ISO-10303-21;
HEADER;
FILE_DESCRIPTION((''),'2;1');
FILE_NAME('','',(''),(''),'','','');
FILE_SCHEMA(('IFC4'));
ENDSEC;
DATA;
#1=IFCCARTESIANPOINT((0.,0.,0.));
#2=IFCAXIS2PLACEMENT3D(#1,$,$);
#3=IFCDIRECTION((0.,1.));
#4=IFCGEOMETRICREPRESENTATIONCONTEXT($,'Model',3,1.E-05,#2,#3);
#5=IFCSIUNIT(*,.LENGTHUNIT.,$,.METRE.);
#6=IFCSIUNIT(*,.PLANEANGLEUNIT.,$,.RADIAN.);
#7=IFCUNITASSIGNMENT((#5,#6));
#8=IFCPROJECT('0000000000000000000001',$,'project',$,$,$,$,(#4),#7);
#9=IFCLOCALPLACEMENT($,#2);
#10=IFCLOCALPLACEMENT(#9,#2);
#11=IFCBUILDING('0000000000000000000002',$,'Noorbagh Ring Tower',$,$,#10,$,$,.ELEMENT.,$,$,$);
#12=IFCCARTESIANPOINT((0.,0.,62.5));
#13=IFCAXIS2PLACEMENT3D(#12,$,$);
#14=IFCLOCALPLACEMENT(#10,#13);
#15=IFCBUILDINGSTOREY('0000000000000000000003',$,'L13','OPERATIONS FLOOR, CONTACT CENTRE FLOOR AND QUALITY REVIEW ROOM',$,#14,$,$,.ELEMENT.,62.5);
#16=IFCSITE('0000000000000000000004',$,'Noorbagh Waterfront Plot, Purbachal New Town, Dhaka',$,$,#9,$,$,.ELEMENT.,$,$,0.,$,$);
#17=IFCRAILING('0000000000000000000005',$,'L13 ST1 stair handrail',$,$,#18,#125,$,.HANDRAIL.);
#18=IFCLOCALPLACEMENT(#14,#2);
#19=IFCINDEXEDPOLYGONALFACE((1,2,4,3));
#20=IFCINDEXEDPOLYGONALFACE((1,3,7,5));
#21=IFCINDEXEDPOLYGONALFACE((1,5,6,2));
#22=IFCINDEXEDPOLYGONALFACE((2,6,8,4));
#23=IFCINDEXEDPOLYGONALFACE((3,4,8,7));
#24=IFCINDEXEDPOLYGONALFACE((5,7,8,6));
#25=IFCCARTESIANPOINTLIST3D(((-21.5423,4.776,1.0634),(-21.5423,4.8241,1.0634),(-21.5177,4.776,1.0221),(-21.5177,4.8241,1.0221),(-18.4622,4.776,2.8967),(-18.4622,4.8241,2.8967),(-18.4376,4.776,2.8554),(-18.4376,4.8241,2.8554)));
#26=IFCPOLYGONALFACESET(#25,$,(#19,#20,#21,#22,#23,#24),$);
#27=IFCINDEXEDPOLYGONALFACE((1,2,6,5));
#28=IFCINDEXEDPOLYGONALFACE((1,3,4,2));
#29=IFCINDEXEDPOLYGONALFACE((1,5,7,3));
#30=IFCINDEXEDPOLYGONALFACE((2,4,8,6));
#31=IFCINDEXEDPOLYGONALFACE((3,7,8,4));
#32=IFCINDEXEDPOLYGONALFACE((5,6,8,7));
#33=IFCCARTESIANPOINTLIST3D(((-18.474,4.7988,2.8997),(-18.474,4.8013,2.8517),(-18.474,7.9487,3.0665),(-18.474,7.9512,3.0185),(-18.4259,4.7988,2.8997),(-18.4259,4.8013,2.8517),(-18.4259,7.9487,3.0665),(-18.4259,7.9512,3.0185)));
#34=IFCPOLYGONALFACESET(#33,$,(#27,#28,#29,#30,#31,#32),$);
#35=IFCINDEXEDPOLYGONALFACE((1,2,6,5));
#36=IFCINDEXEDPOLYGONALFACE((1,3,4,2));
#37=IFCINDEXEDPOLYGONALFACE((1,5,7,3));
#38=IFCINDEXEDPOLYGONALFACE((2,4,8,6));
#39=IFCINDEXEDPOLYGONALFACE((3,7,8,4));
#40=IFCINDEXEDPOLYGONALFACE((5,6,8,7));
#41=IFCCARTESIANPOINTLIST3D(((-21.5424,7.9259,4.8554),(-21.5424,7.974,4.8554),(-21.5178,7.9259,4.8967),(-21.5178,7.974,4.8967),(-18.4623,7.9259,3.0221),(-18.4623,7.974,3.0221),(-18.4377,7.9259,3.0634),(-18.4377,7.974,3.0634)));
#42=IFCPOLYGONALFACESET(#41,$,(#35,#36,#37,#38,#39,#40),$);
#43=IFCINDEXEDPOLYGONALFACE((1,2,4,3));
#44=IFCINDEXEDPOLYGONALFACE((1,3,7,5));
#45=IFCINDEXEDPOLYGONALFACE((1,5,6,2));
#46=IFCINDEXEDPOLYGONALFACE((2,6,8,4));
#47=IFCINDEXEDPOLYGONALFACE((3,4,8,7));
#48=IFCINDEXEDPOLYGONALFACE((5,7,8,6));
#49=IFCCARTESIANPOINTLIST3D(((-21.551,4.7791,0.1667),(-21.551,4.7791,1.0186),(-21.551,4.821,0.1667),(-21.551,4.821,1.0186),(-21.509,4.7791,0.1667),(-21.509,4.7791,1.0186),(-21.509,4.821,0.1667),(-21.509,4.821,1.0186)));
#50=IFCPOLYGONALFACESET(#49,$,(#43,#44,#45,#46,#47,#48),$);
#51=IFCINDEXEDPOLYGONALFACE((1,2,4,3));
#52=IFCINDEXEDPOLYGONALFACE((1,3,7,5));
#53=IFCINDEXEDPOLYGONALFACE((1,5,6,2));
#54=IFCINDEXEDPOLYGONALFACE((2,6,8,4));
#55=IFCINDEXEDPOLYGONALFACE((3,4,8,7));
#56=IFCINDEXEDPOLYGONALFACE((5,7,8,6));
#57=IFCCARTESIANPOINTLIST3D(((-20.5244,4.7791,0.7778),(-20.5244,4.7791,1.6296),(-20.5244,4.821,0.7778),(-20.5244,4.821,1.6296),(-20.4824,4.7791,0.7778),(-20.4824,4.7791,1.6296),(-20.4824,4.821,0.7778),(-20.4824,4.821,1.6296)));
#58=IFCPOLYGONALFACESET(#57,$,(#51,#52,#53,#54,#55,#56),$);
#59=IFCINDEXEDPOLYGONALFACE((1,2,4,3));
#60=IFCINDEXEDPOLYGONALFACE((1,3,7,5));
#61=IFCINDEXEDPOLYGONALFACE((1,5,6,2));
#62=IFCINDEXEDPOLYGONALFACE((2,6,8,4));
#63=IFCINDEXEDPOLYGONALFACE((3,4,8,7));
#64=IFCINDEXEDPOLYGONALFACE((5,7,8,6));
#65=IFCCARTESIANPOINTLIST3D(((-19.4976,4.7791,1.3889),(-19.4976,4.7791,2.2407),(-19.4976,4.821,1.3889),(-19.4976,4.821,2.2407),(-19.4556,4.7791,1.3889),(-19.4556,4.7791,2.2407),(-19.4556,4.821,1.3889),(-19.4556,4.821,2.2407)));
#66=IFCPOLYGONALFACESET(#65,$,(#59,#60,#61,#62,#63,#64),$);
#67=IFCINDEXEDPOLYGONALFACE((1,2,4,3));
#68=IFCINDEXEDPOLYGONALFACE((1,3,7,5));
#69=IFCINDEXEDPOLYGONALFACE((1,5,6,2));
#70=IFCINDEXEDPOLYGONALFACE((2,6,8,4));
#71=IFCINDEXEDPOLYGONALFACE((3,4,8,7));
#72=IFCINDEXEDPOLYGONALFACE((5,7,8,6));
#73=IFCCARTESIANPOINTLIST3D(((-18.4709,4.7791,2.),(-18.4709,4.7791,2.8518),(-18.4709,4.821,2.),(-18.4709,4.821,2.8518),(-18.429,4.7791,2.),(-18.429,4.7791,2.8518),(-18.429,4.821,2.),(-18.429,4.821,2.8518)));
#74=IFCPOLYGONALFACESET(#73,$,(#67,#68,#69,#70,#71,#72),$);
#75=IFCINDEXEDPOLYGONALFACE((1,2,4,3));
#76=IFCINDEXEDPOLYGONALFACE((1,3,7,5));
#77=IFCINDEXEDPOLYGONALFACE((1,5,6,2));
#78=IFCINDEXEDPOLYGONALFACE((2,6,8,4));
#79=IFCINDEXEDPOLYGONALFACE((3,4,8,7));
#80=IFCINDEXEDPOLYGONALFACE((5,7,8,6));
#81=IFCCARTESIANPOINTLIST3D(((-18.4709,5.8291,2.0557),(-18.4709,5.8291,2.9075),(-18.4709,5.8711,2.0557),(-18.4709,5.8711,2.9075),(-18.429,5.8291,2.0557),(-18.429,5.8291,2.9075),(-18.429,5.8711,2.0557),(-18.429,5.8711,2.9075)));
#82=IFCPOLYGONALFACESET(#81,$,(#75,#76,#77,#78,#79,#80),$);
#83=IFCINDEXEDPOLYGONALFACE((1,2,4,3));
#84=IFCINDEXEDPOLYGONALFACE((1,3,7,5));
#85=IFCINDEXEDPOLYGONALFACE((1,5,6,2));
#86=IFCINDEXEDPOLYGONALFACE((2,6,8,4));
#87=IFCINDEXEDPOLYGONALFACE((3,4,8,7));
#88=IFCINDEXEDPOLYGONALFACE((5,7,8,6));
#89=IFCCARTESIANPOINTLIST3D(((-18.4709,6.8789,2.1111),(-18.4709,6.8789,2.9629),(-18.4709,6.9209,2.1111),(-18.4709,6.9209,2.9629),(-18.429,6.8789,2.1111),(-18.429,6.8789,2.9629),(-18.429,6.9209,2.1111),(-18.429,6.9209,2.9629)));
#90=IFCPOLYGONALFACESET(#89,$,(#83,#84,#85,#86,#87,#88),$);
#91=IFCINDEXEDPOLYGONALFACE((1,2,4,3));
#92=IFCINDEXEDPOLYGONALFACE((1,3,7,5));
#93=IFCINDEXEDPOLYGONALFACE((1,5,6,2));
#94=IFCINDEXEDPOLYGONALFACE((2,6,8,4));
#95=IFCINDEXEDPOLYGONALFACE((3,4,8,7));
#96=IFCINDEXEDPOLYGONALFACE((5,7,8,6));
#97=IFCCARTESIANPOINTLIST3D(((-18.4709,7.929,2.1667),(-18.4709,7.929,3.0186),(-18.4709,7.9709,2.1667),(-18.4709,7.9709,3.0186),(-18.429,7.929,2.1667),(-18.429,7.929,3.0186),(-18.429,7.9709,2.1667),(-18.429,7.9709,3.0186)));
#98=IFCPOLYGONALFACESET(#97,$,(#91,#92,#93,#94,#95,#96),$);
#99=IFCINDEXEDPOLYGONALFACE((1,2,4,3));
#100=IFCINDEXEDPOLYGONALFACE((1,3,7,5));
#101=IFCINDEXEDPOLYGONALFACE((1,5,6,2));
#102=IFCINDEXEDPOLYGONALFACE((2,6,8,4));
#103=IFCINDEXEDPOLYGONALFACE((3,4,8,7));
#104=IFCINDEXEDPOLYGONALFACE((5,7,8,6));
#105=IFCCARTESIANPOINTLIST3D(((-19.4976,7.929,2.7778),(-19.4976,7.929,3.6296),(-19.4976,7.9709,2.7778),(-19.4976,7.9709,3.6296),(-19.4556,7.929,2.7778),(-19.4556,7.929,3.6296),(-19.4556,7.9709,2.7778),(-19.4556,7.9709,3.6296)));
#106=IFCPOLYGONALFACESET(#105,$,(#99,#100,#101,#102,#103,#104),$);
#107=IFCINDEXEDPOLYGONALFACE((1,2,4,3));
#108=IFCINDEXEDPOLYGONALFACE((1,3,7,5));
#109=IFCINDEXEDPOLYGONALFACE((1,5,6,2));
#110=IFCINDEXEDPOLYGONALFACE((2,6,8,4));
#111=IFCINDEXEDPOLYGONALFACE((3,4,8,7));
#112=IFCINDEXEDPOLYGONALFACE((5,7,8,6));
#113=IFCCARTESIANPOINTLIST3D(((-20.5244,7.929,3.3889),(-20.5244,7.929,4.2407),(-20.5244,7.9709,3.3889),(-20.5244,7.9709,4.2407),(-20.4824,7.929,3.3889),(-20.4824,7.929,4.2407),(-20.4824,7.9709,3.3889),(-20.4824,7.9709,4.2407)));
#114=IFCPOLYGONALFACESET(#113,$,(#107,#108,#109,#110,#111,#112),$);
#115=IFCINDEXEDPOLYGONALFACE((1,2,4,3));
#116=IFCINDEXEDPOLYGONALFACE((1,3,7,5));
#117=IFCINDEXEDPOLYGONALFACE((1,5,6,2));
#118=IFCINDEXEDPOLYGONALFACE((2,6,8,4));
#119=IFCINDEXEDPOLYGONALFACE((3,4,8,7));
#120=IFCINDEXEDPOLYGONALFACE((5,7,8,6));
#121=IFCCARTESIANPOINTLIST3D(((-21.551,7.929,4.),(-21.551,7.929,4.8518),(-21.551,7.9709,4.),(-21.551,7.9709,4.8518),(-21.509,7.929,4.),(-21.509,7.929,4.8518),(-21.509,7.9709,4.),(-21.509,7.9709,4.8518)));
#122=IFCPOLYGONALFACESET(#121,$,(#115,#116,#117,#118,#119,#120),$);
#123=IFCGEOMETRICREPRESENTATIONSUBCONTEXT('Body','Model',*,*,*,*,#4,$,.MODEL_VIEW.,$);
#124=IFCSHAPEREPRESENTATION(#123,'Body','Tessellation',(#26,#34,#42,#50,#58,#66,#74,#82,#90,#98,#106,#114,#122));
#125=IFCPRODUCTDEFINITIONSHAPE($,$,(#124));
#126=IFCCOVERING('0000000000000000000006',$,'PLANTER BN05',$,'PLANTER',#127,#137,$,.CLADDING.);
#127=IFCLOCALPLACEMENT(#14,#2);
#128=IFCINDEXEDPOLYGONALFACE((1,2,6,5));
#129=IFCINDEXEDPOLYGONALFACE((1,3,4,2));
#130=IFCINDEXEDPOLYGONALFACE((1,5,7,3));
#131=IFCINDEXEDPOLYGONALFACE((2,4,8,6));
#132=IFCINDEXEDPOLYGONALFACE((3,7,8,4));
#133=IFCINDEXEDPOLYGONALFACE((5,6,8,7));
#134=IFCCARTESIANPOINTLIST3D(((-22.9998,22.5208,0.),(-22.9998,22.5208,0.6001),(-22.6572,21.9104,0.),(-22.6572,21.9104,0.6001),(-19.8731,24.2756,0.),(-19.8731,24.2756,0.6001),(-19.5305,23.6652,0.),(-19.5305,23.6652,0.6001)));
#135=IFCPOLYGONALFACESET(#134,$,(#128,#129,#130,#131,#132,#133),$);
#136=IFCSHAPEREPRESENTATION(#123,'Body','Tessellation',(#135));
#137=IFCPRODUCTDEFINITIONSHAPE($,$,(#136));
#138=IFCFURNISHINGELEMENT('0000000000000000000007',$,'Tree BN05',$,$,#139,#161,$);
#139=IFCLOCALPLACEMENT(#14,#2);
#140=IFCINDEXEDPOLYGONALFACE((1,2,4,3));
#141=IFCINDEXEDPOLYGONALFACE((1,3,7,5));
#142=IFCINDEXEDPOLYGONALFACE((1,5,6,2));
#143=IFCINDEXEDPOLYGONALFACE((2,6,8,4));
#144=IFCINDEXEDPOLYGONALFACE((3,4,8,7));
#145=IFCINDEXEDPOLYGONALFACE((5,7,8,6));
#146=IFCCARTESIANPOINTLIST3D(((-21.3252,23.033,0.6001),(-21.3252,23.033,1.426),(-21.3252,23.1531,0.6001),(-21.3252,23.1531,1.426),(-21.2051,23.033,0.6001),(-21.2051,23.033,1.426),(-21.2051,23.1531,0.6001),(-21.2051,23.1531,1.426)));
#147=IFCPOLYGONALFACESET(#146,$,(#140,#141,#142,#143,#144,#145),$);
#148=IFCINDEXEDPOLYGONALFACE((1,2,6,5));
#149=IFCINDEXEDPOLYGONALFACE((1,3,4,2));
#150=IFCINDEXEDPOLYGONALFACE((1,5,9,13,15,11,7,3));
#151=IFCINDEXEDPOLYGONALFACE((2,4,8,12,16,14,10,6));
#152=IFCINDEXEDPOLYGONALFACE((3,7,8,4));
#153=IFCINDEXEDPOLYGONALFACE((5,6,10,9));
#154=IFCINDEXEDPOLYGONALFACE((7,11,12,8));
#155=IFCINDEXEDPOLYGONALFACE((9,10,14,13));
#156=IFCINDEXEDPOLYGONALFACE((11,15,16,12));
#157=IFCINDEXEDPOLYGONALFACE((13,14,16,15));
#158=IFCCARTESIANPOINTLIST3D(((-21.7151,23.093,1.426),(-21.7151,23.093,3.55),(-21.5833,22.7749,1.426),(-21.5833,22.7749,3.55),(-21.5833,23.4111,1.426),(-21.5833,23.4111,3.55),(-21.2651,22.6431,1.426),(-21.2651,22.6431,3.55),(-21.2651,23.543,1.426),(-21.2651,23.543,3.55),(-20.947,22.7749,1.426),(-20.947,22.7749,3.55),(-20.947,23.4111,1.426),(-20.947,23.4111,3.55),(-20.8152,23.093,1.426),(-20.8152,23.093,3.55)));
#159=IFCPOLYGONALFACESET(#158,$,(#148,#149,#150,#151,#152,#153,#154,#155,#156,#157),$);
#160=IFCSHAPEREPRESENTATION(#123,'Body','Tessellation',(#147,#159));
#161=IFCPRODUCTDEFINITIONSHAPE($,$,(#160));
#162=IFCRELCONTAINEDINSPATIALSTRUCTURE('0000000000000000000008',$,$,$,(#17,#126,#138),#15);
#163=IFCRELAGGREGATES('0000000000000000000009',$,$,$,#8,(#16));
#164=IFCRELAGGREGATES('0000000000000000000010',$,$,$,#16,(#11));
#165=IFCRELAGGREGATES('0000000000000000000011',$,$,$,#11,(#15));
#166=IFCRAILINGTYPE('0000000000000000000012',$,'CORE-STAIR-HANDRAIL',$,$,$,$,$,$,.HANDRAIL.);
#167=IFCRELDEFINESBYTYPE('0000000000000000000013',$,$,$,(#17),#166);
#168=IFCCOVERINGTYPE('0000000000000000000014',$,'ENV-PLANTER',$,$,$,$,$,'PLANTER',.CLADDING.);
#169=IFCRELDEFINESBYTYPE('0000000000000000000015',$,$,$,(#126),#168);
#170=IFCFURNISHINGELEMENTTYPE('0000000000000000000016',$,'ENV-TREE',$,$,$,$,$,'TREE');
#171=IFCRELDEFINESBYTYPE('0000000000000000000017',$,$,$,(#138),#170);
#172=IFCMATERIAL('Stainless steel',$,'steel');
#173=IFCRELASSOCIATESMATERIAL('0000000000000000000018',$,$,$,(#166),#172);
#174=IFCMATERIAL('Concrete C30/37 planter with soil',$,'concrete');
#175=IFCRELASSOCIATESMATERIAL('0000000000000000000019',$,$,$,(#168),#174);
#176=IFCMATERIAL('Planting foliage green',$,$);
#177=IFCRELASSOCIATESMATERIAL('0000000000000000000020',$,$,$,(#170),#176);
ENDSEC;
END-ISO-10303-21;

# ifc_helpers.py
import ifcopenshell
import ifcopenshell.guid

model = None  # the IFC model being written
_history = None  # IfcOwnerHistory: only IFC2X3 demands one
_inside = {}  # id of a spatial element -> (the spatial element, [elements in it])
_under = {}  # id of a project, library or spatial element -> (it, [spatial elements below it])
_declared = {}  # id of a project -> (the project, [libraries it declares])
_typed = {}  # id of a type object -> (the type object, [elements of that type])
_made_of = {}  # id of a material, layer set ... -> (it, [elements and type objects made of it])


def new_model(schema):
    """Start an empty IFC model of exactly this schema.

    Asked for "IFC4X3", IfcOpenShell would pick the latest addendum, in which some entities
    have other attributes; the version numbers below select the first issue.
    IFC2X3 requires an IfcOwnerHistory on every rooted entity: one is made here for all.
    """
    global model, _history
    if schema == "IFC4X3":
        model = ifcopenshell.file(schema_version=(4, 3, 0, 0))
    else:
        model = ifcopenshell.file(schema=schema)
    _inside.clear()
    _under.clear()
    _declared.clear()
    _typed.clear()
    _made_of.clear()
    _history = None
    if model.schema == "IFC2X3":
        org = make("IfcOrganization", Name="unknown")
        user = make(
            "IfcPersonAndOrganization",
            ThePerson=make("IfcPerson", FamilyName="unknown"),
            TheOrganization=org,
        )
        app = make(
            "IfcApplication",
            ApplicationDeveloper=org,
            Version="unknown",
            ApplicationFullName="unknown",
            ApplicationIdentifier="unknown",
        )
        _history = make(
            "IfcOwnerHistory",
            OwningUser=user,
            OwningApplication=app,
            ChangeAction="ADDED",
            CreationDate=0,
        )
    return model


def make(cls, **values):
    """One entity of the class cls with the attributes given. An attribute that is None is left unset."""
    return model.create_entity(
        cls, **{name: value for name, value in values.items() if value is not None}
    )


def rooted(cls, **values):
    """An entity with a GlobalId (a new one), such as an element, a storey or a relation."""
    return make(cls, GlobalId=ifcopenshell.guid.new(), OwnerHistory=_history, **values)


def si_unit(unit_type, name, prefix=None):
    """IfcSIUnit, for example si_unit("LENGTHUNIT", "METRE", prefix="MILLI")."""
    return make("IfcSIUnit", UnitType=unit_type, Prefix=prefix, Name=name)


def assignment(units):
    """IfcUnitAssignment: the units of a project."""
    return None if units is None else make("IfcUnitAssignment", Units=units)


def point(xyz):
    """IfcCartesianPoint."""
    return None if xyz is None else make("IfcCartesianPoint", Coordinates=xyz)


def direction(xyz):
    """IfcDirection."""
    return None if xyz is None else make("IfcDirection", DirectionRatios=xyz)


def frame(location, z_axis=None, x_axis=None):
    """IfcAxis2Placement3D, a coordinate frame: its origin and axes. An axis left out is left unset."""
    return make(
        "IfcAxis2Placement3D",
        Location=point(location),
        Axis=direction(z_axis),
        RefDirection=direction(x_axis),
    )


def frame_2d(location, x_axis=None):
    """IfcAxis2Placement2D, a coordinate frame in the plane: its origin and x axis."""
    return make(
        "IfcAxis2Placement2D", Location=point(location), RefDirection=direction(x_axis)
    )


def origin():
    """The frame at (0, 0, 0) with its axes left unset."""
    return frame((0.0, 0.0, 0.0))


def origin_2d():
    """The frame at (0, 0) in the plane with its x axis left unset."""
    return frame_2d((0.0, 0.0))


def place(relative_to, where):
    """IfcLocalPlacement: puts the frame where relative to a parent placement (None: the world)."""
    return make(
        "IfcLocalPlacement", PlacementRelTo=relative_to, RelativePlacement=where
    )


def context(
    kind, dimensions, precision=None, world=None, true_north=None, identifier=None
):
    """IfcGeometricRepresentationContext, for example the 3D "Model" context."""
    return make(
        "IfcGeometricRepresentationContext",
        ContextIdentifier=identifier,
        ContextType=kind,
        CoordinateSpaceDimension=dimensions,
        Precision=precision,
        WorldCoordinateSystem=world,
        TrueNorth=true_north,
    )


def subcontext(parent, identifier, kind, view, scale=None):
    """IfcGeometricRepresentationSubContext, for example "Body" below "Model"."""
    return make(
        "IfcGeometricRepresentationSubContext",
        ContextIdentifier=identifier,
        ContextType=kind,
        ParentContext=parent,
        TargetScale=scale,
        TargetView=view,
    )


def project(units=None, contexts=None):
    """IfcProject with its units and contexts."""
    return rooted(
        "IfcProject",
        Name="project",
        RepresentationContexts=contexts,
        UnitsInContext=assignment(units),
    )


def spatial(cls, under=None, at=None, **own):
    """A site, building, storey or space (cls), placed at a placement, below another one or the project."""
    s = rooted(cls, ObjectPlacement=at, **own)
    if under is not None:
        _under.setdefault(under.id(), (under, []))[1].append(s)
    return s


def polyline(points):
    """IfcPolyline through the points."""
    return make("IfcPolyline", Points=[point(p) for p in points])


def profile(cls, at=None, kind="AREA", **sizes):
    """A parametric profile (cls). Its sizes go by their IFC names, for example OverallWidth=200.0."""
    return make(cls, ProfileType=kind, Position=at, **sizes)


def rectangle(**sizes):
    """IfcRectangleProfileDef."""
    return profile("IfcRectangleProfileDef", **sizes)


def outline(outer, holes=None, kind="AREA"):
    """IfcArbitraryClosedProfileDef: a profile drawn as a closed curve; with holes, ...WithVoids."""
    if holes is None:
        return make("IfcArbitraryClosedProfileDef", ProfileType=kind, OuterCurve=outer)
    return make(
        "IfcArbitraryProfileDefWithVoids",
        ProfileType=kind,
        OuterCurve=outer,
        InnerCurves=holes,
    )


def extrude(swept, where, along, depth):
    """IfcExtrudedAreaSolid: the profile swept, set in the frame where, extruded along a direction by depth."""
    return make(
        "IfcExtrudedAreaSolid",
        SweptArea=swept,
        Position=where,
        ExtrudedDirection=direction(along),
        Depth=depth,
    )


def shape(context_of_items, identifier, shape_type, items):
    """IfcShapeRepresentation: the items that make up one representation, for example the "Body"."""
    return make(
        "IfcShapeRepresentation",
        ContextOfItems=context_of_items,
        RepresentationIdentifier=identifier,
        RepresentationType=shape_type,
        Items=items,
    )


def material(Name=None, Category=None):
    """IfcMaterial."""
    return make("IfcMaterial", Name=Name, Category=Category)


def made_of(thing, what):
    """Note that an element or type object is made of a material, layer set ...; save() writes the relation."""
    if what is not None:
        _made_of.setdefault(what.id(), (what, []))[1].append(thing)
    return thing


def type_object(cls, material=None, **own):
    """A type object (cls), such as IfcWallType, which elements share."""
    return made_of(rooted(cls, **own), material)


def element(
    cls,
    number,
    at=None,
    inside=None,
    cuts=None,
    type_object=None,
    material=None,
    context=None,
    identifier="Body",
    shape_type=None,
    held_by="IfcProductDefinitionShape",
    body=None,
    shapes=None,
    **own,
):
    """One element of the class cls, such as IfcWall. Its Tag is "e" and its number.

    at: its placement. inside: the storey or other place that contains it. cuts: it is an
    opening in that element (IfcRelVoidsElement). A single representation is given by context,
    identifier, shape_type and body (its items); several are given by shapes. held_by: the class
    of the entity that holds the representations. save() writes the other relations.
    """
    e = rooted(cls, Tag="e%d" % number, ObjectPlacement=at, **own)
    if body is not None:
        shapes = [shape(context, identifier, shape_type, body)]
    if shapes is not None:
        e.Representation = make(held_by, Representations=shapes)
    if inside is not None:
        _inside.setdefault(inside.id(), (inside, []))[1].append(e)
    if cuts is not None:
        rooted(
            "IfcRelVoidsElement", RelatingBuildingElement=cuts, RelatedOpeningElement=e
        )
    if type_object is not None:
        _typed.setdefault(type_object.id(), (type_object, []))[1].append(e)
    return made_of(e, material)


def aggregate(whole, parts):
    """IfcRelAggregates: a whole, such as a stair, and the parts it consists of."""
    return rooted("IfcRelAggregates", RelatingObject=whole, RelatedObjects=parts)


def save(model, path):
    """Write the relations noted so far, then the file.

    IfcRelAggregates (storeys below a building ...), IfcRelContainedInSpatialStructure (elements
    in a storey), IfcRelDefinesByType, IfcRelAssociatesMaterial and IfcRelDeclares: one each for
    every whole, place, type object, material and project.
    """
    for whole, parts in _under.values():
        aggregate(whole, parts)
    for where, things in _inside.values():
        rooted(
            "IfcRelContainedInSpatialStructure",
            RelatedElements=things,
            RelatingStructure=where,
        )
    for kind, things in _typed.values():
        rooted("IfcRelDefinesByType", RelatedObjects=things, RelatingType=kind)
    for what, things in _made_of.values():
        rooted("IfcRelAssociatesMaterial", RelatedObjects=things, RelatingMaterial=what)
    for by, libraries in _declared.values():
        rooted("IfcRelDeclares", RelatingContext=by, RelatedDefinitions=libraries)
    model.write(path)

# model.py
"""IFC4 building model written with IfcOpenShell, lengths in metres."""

from ifc_helpers import new_model, si_unit, direction, frame, origin, origin_2d, place, context, subcontext, project, spatial, polyline, rectangle, outline, extrude, material, type_object, element, save


model = new_model("IFC4")

# Units and contexts
model_context = context("Model", 3, precision=1e-05, world=origin(), true_north=direction((0.0, 1.0)))
body_context = subcontext(model_context, "Body", "Model", "MODEL_VIEW")
ifc_project = project(units=[si_unit("LENGTHUNIT", "METRE"), si_unit("PLANEANGLEUNIT", "RADIAN")], contexts=[model_context])

# Site, building, storey
site_placement = place(None, origin())
site = spatial("IfcSite", under=ifc_project, at=site_placement, Name="Noorbagh Waterfront Plot, Purbachal New Town, Dhaka", CompositionType="ELEMENT", RefElevation=0.0)
building_placement = place(site_placement, origin())
building = spatial("IfcBuilding", under=site, at=building_placement, Name="Noorbagh Ring Tower", CompositionType="ELEMENT")
storey_placement = place(building_placement, frame((0.0, 0.0, 62.5)))
storey = spatial("IfcBuildingStorey", under=building, at=storey_placement, Name="L13", Description="OPERATIONS FLOOR, CONTACT CENTRE FLOOR AND QUALITY REVIEW ROOM", CompositionType="ELEMENT", Elevation=62.5)

# Railing
ifc_material_1 = material(Name="Stainless steel", Category="steel")
railing_type_1 = type_object("IfcRailingType", Name="CORE-STAIR-HANDRAIL", PredefinedType="HANDRAIL", material=ifc_material_1)
railing_1_placement = place(storey_placement, frame((-21.53, 4.8, 0.1667)))
element("IfcRailing", 1, at=railing_1_placement, inside=storey, type_object=railing_type_1, Name="L13 ST1 stair handrail", PredefinedType="HANDRAIL", context=body_context, shape_type="SweptSolid", body=[
    extrude(rectangle(XDim=0.0481, YDim=0.0481, at=origin_2d()), frame((0.0, 0.0, 0.876), z_axis=(0.859309, 0.0, 0.511458), x_axis=(0.0, 1.0, 0.0)), (0.0, 0.0, 1.0), 3.5845),
    extrude(rectangle(XDim=0.0481, YDim=0.0481, at=origin_2d()), frame((3.0801, 0.0, 2.709), z_axis=(0.0, 0.998602, 0.052864), x_axis=(-1.0, 0.0, 0.0)), (0.0, 0.0, 1.0), 3.1543),
    extrude(rectangle(XDim=0.0481, YDim=0.0481, at=origin_2d()), frame((3.0801, 3.1499, 2.876), z_axis=(-0.859309, 0.0, 0.511458), x_axis=(0.0, -1.0, 0.0)), (0.0, 0.0, 1.0), 3.5845),
    extrude(rectangle(XDim=0.042, YDim=0.042, at=origin_2d()), origin(), (0.0, 0.0, 1.0), 0.8518),
    extrude(rectangle(XDim=0.042, YDim=0.042, at=origin_2d()), frame((1.0266, 0.0, 0.6111)), (0.0, 0.0, 1.0), 0.8518),
    extrude(rectangle(XDim=0.042, YDim=0.042, at=origin_2d()), frame((2.0535, 0.0, 1.2222)), (0.0, 0.0, 1.0), 0.8518),
    extrude(rectangle(XDim=0.042, YDim=0.042, at=origin_2d()), frame((3.0801, 0.0, 1.8333)), (0.0, 0.0, 1.0), 0.8518),
    extrude(rectangle(XDim=0.042, YDim=0.042, at=origin_2d()), frame((3.0801, 1.05, 1.8889)), (0.0, 0.0, 1.0), 0.8518),
    extrude(rectangle(XDim=0.042, YDim=0.042, at=origin_2d()), frame((3.0801, 2.0999, 1.9443)), (0.0, 0.0, 1.0), 0.8518),
    extrude(rectangle(XDim=0.042, YDim=0.042, at=origin_2d()), frame((3.0801, 3.1499, 2.0)), (0.0, 0.0, 1.0), 0.8518),
    extrude(rectangle(XDim=0.042, YDim=0.042, at=origin_2d()), frame((2.0535, 3.1499, 2.6111)), (0.0, 0.0, 1.0), 0.8518),
    extrude(rectangle(XDim=0.042, YDim=0.042, at=origin_2d()), frame((1.0266, 3.1499, 3.2222)), (0.0, 0.0, 1.0), 0.8518),
    extrude(rectangle(XDim=0.042, YDim=0.042, at=origin_2d()), frame((0.0, 3.1499, 3.8333)), (0.0, 0.0, 1.0), 0.8518),
])

# Covering
ifc_material_2 = material(Name="Concrete C30/37 planter with soil", Category="concrete")
covering_type = type_object("IfcCoveringType", Name="ENV-PLANTER", ElementType="PLANTER", PredefinedType="CLADDING", material=ifc_material_2)
covering_placement = place(storey_placement, frame((-21.2651, 23.093, 0.0), z_axis=(0.0, 0.0, 1.0), x_axis=(-0.872045, -0.489426, 0.0)))
element("IfcCovering", 2, at=covering_placement, inside=storey, type_object=covering_type, Name="PLANTER BN05", ObjectType="PLANTER", PredefinedType="CLADDING", context=body_context, shape_type="SweptSolid", body=[
    extrude(rectangle(XDim=3.5854, YDim=0.7, at=origin_2d()), origin(), (0.0, 0.0, 1.0), 0.6001),
])

# Furnishing element
ifc_material_3 = material(Name="Planting foliage green")
furnishing_element_type = type_object("IfcFurnishingElementType", Name="ENV-TREE", ElementType="TREE", material=ifc_material_3)
furnishing_placement = place(storey_placement, frame((-21.2651, 23.093, 0.6001), z_axis=(0.0, 0.0, 1.0), x_axis=(1.0, 0.0, 0.0)))
element("IfcFurnishingElement", 3, at=furnishing_placement, inside=storey, type_object=furnishing_element_type, Name="Tree BN05", context=body_context, shape_type="SweptSolid", body=[
    extrude(rectangle(XDim=0.1201, YDim=0.1201, at=origin_2d()), origin(), (0.0, 0.0, 1.0), 0.8259),
    extrude(outline(polyline([(0.45, 0.0), (0.3181, 0.3181), (0.0, 0.45), (-0.3181, 0.3181), (-0.45, 0.0), (-0.3181, -0.3181), (0.0, -0.45), (0.3181, -0.3181), (0.45, 0.0)])), frame((0.0, 0.0, 0.8259)), (0.0, 0.0, 1.0), 2.124),
])

save(model, "model.ifc")
